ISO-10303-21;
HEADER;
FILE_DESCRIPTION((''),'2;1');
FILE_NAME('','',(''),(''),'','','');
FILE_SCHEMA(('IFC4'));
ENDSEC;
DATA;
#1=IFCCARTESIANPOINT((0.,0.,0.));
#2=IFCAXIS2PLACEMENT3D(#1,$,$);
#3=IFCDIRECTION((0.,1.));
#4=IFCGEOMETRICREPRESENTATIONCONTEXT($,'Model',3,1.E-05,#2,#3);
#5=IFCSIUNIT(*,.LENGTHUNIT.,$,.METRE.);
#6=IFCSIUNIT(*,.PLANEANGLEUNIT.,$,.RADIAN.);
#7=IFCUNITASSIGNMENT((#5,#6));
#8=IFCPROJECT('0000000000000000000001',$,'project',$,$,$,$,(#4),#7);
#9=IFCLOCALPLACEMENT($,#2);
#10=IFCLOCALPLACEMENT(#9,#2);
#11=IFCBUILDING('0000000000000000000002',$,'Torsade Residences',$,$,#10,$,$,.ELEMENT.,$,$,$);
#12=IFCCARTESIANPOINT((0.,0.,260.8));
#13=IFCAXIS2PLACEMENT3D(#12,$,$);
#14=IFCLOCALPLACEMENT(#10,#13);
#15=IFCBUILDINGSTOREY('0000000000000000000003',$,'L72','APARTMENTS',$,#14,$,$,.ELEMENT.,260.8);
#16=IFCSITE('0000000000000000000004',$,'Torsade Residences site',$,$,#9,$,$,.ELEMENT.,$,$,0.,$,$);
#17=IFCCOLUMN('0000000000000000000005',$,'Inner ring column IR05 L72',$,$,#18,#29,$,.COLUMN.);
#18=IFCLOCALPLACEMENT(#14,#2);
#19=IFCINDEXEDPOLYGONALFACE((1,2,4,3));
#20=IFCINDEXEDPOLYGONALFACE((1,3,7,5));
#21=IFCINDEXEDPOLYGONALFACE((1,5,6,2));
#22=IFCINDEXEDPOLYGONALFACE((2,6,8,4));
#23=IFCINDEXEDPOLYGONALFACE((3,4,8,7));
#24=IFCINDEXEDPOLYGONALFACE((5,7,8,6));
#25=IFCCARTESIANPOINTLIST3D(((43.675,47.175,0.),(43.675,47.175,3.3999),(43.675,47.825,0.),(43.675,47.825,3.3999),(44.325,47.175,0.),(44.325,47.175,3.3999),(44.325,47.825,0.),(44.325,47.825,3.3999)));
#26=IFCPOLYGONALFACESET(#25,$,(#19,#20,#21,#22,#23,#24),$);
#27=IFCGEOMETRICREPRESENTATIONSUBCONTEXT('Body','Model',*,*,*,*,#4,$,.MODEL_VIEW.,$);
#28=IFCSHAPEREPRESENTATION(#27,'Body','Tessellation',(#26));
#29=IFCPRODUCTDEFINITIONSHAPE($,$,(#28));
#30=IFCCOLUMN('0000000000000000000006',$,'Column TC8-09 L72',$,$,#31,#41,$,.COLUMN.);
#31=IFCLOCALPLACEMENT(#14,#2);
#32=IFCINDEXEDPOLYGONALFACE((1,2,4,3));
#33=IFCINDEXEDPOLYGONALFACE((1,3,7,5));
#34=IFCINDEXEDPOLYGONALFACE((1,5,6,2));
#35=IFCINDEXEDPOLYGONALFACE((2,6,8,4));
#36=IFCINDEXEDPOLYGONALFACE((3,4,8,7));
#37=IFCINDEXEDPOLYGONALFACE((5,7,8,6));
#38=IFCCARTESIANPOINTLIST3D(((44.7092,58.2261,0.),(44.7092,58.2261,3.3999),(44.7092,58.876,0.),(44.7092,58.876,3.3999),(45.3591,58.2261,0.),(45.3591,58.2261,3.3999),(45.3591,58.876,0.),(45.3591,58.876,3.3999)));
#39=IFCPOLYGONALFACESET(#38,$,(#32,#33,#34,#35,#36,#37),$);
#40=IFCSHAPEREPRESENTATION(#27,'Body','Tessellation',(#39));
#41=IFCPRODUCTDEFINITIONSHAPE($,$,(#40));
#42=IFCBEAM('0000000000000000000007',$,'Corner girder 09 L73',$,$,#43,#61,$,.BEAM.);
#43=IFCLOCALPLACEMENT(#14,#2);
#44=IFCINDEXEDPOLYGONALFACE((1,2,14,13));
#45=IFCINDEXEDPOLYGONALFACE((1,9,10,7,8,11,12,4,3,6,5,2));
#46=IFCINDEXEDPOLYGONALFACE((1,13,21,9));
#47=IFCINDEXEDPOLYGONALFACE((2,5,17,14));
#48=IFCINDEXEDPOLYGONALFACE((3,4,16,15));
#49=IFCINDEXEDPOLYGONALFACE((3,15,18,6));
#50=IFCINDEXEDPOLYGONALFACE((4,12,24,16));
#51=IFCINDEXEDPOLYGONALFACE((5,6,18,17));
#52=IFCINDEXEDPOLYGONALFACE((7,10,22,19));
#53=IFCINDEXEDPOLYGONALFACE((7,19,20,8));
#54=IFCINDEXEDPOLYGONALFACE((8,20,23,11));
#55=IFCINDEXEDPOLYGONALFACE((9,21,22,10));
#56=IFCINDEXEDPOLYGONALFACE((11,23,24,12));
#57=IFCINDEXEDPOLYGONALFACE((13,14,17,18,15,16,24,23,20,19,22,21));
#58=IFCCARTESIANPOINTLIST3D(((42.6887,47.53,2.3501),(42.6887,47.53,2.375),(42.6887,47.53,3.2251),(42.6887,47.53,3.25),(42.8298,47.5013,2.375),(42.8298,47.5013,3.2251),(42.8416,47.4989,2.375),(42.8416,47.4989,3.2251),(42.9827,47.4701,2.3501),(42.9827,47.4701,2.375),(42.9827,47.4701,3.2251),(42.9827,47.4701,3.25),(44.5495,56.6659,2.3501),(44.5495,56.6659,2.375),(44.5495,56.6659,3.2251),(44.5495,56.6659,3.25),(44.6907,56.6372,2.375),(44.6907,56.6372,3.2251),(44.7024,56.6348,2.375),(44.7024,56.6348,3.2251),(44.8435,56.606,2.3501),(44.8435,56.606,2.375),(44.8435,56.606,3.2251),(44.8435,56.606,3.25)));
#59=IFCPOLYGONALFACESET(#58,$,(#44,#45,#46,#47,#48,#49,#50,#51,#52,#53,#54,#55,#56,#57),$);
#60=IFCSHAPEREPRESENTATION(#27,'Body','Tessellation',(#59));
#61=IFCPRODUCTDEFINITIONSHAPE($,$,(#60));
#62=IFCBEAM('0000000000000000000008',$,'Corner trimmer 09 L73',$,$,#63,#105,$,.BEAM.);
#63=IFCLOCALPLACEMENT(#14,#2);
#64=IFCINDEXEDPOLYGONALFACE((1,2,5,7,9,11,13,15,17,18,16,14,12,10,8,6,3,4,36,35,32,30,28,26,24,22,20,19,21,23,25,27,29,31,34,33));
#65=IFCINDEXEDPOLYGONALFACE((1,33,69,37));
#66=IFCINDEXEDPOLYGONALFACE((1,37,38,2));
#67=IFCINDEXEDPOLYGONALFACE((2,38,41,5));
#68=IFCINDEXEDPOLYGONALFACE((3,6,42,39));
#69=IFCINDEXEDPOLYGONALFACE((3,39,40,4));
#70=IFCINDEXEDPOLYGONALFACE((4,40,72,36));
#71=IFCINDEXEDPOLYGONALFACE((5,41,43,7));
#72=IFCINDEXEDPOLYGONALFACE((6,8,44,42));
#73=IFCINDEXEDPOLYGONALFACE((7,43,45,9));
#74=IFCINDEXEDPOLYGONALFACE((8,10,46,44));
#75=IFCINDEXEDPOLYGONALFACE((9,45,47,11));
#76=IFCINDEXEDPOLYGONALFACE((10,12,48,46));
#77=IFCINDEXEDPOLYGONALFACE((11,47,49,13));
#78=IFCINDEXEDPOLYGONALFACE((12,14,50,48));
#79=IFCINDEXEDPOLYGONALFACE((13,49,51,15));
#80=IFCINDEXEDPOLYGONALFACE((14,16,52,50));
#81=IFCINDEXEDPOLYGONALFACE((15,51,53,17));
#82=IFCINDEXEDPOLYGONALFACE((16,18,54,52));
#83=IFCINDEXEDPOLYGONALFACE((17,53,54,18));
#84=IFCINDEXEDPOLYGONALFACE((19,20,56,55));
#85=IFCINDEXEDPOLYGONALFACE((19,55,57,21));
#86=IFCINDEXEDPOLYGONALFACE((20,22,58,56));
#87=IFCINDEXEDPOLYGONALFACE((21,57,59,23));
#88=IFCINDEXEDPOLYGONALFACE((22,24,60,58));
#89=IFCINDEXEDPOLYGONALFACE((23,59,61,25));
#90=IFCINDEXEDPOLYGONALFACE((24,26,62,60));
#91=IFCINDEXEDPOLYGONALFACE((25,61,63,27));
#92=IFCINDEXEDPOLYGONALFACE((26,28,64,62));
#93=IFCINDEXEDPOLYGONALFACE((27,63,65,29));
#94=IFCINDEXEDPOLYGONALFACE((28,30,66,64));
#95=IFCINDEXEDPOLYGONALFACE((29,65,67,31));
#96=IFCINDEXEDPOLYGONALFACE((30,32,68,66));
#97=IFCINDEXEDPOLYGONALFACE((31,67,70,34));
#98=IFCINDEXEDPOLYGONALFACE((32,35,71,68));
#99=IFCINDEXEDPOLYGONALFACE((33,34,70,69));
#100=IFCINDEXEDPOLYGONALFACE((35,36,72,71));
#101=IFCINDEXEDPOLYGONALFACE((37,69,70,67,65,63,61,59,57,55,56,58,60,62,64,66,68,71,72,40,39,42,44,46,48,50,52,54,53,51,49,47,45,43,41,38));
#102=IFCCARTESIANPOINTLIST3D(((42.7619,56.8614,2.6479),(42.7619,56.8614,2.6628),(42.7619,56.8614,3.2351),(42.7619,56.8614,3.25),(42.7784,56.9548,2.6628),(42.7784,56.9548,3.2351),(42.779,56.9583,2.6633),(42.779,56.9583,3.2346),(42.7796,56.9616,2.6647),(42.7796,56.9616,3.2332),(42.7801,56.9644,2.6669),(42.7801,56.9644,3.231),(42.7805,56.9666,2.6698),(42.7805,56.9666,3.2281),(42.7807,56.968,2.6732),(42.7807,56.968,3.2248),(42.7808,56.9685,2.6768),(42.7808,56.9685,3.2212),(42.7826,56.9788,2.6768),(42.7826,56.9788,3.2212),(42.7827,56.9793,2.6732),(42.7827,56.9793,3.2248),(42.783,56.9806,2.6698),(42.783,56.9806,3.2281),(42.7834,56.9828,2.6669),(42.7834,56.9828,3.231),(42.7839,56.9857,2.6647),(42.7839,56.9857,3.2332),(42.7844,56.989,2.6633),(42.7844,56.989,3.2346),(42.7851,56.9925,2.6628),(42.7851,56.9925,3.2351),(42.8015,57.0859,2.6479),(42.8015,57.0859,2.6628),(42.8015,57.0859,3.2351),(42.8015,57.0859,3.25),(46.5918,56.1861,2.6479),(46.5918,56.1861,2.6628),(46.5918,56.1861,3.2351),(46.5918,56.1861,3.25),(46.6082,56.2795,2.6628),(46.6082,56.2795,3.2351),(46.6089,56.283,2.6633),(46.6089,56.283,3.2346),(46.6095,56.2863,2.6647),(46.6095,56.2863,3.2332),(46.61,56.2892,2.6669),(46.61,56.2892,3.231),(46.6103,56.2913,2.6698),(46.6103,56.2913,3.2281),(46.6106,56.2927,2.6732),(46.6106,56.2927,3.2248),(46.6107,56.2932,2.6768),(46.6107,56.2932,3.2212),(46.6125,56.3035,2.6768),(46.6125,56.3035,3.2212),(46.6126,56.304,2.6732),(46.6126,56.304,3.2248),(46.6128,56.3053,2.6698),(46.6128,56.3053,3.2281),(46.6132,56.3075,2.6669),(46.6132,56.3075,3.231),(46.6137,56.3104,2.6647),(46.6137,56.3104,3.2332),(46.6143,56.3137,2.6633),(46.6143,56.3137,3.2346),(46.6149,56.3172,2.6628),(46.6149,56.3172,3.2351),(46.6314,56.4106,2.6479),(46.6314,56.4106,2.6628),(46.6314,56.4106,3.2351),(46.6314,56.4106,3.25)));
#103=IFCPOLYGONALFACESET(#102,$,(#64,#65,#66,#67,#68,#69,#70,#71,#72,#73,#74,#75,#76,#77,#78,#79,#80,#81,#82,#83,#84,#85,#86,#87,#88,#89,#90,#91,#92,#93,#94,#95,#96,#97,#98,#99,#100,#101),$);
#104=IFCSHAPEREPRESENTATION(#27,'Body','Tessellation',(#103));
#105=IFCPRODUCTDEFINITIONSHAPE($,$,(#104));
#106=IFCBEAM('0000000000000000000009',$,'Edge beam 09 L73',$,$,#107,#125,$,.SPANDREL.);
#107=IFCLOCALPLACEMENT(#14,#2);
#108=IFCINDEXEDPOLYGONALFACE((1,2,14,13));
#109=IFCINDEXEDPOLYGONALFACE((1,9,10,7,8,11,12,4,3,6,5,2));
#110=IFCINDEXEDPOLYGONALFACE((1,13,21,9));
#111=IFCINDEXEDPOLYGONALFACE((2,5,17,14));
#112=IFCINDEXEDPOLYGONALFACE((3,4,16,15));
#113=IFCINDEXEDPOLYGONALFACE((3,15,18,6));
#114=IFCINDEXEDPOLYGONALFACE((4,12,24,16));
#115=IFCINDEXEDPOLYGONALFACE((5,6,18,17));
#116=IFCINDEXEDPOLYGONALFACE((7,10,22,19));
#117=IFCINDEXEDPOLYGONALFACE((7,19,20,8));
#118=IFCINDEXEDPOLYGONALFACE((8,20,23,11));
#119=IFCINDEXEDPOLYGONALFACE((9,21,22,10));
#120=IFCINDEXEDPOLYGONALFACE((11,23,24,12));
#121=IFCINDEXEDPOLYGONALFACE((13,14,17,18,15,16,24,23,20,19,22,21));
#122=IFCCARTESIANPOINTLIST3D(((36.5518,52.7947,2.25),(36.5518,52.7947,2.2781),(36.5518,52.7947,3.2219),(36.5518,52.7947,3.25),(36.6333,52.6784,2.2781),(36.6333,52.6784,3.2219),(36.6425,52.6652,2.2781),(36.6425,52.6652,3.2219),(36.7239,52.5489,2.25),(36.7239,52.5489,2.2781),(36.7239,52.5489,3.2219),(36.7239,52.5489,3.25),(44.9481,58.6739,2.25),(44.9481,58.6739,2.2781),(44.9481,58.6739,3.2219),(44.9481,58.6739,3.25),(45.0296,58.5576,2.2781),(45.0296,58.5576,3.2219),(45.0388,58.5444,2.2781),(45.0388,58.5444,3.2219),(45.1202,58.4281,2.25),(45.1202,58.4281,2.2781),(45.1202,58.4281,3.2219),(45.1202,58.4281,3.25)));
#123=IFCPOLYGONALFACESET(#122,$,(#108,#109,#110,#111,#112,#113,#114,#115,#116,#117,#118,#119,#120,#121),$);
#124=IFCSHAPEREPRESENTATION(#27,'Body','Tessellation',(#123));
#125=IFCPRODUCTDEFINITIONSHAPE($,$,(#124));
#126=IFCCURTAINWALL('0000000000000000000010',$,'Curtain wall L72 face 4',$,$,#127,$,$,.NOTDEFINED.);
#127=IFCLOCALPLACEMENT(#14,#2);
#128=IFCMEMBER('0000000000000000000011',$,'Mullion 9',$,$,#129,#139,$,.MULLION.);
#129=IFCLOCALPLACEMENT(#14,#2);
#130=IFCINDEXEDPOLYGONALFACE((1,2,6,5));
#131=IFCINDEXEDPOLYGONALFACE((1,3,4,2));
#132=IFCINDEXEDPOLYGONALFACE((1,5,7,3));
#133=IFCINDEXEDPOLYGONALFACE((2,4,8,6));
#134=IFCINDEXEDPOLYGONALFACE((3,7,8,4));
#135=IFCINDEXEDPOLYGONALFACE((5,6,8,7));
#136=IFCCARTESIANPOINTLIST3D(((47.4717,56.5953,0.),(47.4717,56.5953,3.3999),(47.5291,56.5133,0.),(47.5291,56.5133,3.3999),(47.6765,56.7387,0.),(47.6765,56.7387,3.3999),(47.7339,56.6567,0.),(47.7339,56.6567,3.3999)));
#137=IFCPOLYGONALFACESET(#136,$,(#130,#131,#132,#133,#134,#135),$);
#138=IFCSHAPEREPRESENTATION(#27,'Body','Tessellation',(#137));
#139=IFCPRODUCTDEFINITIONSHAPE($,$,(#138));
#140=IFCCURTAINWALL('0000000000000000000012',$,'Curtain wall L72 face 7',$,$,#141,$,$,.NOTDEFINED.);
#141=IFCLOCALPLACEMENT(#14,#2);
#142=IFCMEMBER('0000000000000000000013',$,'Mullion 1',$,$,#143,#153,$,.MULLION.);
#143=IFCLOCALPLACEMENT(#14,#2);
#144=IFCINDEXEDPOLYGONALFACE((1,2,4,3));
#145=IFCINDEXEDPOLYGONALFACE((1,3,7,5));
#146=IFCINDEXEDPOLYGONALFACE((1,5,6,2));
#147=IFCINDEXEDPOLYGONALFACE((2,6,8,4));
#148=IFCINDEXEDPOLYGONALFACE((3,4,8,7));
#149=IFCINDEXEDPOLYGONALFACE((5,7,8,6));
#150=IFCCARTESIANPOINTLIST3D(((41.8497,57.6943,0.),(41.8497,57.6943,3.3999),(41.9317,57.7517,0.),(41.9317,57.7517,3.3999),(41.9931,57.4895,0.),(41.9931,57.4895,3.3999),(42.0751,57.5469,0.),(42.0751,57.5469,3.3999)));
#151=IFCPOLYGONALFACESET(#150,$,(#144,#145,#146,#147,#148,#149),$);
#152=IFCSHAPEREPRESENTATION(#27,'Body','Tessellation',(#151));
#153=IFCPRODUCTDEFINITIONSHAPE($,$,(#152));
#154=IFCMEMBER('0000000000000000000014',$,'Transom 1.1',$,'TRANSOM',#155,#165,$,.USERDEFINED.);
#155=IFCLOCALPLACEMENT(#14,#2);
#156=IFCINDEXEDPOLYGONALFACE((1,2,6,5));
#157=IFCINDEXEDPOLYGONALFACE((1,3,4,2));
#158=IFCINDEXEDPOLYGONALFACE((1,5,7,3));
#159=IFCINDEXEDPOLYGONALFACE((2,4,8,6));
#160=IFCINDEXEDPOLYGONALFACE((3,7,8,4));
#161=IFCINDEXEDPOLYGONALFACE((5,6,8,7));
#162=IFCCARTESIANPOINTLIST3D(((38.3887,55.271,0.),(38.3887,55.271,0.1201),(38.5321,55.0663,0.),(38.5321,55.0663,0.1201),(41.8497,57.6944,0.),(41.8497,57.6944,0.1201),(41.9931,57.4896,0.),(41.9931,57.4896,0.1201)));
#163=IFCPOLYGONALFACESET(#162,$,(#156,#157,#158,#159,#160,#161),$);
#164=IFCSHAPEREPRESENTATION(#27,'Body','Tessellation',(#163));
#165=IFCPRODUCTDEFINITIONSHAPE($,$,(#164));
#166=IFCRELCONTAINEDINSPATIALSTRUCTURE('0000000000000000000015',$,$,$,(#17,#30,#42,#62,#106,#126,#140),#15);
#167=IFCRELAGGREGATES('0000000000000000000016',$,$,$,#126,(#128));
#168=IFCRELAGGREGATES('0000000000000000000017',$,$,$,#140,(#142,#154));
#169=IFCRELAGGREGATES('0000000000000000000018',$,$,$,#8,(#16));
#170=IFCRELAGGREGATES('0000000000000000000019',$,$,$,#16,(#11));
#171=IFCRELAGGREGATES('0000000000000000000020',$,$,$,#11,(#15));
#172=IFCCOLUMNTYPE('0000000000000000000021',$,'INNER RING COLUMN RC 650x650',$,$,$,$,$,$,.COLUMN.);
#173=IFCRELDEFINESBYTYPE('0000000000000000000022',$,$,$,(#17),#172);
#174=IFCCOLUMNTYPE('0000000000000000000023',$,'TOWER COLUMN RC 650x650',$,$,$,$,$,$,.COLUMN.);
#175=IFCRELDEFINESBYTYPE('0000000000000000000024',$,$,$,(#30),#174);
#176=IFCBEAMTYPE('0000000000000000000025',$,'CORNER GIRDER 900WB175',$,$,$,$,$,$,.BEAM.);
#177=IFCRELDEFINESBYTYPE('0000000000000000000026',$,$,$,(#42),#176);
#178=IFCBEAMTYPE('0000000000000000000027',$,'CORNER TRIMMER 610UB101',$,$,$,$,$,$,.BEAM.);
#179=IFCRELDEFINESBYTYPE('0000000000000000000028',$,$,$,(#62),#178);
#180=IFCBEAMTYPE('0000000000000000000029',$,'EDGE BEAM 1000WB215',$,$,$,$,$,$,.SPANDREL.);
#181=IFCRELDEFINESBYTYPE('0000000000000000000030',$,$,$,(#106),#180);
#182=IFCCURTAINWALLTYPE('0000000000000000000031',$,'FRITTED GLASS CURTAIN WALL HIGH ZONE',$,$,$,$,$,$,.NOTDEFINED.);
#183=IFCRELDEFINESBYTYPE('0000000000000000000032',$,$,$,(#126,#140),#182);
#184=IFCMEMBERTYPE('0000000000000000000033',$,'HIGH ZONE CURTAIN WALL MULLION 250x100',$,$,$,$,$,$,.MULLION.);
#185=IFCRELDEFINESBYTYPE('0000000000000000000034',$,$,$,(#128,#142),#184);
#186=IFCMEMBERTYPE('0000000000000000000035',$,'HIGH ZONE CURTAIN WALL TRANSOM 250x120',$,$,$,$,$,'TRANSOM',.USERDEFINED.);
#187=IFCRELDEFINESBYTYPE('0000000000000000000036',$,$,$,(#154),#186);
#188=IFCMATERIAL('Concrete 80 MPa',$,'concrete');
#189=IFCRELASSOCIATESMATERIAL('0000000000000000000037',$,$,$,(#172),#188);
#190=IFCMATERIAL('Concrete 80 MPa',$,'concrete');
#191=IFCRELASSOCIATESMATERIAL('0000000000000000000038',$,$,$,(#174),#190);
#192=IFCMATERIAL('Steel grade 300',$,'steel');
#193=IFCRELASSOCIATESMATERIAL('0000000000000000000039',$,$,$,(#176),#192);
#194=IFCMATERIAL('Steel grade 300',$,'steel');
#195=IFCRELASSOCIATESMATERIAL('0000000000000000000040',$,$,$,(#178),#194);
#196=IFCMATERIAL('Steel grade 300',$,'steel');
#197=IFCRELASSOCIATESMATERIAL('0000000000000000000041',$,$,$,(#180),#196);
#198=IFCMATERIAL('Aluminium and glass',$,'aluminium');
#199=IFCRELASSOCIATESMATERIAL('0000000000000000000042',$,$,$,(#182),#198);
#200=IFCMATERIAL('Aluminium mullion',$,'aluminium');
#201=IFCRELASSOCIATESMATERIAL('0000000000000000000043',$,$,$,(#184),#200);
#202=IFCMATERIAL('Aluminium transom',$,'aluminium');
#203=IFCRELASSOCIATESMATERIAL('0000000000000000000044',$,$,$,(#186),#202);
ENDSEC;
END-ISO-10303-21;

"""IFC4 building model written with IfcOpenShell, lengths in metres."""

from ifc_helpers import new_model, si_unit, direction, frame, origin, origin_2d, place, context, subcontext, project, spatial, rectangle, i_section, extrude, material, material_profile, profile_set, type_object, element, aggregate, save


model = new_model("IFC4")

# Units and contexts
model_context = context("Model", 3, precision=1e-05, world=origin(), true_north=direction((0.0, 1.0)))
body_context = subcontext(model_context, "Body", "Model", "MODEL_VIEW")
ifc_project = project(units=[si_unit("LENGTHUNIT", "METRE"), si_unit("PLANEANGLEUNIT", "RADIAN")], contexts=[model_context])

# Site, building, storey
site_placement = place(None, origin())
site = spatial("IfcSite", under=ifc_project, at=site_placement, Name="Torsade Residences site", CompositionType="ELEMENT", RefElevation=0.0)
building_placement = place(site_placement, origin())
building = spatial("IfcBuilding", under=site, at=building_placement, Name="Torsade Residences", CompositionType="ELEMENT")
storey_placement = place(building_placement, frame((0.0, 0.0, 260.8)))
storey = spatial("IfcBuildingStorey", under=building, at=storey_placement, Name="L72", Description="APARTMENTS", CompositionType="ELEMENT", Elevation=260.8)

# Columns
ifc_material_1 = material(Name="Concrete 80 MPa", Category="concrete")
ifc_material_profile_1 = material_profile(ifc_material_1, rectangle(XDim=0.6499, YDim=0.6499, at=origin_2d()), Name="RC 650x650")
ifc_profile_set_1 = profile_set([ifc_material_profile_1], Name="Concrete 80 MPa")
column_type_1 = type_object("IfcColumnType", Name="INNER RING COLUMN RC 650x650", PredefinedType="COLUMN", material=ifc_profile_set_1)
column_1_placement = place(storey_placement, frame((44.0, 47.5, 0.0), z_axis=(0.0, 0.0, 1.0), x_axis=(1.0, 0.0, 0.0)))
element("IfcColumn", 1, at=column_1_placement, inside=storey, type_object=column_type_1, Name="Inner ring column IR05 L72", PredefinedType="COLUMN", context=body_context, shape_type="SweptSolid", body=[
    extrude(rectangle(XDim=0.6499, YDim=0.6499, at=origin_2d()), origin(), (0.0, 0.0, 1.0), 3.3999),
])
ifc_material_2 = material(Name="Concrete 80 MPa", Category="concrete")
ifc_material_profile_2 = material_profile(ifc_material_2, rectangle(XDim=0.6499, YDim=0.6499, at=origin_2d()), Name="RC 650x650")
ifc_profile_set_2 = profile_set([ifc_material_profile_2], Name="Concrete 80 MPa")
column_type_2 = type_object("IfcColumnType", Name="TOWER COLUMN RC 650x650", PredefinedType="COLUMN", material=ifc_profile_set_2)
column_2_placement = place(storey_placement, frame((45.0342, 58.551, 0.0), z_axis=(0.0, 0.0, 1.0), x_axis=(1.0, 0.0, 0.0)))
element("IfcColumn", 2, at=column_2_placement, inside=storey, type_object=column_type_2, Name="Column TC8-09 L72", PredefinedType="COLUMN", context=body_context, shape_type="SweptSolid", body=[
    extrude(rectangle(XDim=0.6499, YDim=0.6499, at=origin_2d()), origin(), (0.0, 0.0, 1.0), 3.3999),
])

# Beams
ifc_material_3 = material(Name="Steel grade 300", Category="steel")
ifc_material_profile_3 = material_profile(ifc_material_3, i_section(OverallWidth=0.3, OverallDepth=0.8999, WebThickness=0.012, FlangeThickness=0.0249, at=origin_2d()), Name="900WB175")
ifc_profile_set_3 = profile_set([ifc_material_profile_3], Name="Steel grade 300")
beam_type_1 = type_object("IfcBeamType", Name="CORNER GIRDER 900WB175", PredefinedType="BEAM", material=ifc_profile_set_3)
beam_1_placement = place(storey_placement, frame((44.6965, 56.636, 2.8), z_axis=(-0.199584, -0.979881, 0.0), x_axis=(0.979881, -0.199584, 0.0)))
element("IfcBeam", 3, at=beam_1_placement, inside=storey, type_object=beam_type_1, Name="Corner girder 09 L73", PredefinedType="BEAM", context=body_context, shape_type="SweptSolid", body=[
    extrude(i_section(OverallWidth=0.3, OverallDepth=0.8999, WebThickness=0.012, FlangeThickness=0.0249, at=origin_2d()), origin(), (0.0, 0.0, 1.0), 9.3235),
])
ifc_material_4 = material(Name="Steel grade 300", Category="steel")
ifc_material_profile_4 = material_profile(ifc_material_4, i_section(OverallWidth=0.228, OverallDepth=0.6021, WebThickness=0.0105, FlangeThickness=0.0149, FilletRadius=0.0139, at=origin_2d()), Name="610UB101")
ifc_profile_set_4 = profile_set([ifc_material_profile_4], Name="Steel grade 300")
beam_type_2 = type_object("IfcBeamType", Name="CORNER TRIMMER 610UB101", PredefinedType="BEAM", material=ifc_profile_set_4)
beam_2_placement = place(storey_placement, frame((42.7817, 56.9736, 2.949), z_axis=(0.984808, -0.173646, 0.0), x_axis=(0.173646, 0.984808, 0.0)))
element("IfcBeam", 4, at=beam_2_placement, inside=storey, type_object=beam_type_2, Name="Corner trimmer 09 L73", PredefinedType="BEAM", context=body_context, shape_type="SweptSolid", body=[
    extrude(i_section(OverallWidth=0.228, OverallDepth=0.6021, WebThickness=0.0105, FlangeThickness=0.0149, FilletRadius=0.0139, at=origin_2d()), origin(), (0.0, 0.0, 1.0), 3.8889),
])
ifc_material_5 = material(Name="Steel grade 300", Category="steel")
ifc_material_profile_5 = material_profile(ifc_material_5, i_section(OverallWidth=0.3, OverallDepth=1.0, WebThickness=0.0161, FlangeThickness=0.0281, at=origin_2d()), Name="1000WB215")
ifc_profile_set_5 = profile_set([ifc_material_profile_5], Name="Steel grade 300")
beam_type_3 = type_object("IfcBeamType", Name="EDGE BEAM 1000WB215", PredefinedType="SPANDREL", material=ifc_profile_set_5)
beam_3_placement = place(storey_placement, frame((45.0342, 58.551, 2.75), z_axis=(-0.81915, -0.573579, 0.0), x_axis=(0.573579, -0.81915, 0.0)))
element("IfcBeam", 5, at=beam_3_placement, inside=storey, type_object=beam_type_3, Name="Edge beam 09 L73", PredefinedType="SPANDREL", context=body_context, shape_type="SweptSolid", body=[
    extrude(i_section(OverallWidth=0.3, OverallDepth=1.0, WebThickness=0.0161, FlangeThickness=0.0281, at=origin_2d()), origin(), (0.0, 0.0, 1.0), 10.25),
])

# Curtain wall, member
ifc_material_6 = material(Name="Aluminium and glass", Category="aluminium")
curtain_wall_type = type_object("IfcCurtainWallType", Name="FRITTED GLASS CURTAIN WALL HIGH ZONE", PredefinedType="NOTDEFINED", material=ifc_material_6)
curtain_wall_1_placement = place(storey_placement, origin())
curtain_wall_1 = element("IfcCurtainWall", 6, at=curtain_wall_1_placement, inside=storey, type_object=curtain_wall_type, Name="Curtain wall L72 face 4", PredefinedType="NOTDEFINED")
ifc_material_7 = material(Name="Aluminium mullion", Category="aluminium")
ifc_material_profile_6 = material_profile(ifc_material_7, rectangle(XDim=0.25, YDim=0.1001, at=origin_2d()), Name="HIGH ZONE CURTAIN WALL MULLION 250x100")
ifc_profile_set_6 = profile_set([ifc_material_profile_6], Name="Aluminium mullion")
member_type_1 = type_object("IfcMemberType", Name="HIGH ZONE CURTAIN WALL MULLION 250x100", PredefinedType="MULLION", material=ifc_profile_set_6)
member_1_placement = place(storey_placement, frame((47.6028, 56.626, 0.0), z_axis=(0.0, 0.0, 1.0), x_axis=(-0.819152, -0.573576, 0.0)))
member_1 = element("IfcMember", 7, at=member_1_placement, type_object=member_type_1, Name="Mullion 9", PredefinedType="MULLION", context=body_context, shape_type="SweptSolid", body=[
    extrude(rectangle(XDim=0.25, YDim=0.1001, at=origin_2d()), origin(), (0.0, 0.0, 1.0), 3.3999),
])
aggregate(curtain_wall_1, [member_1])

# Curtain wall, members
curtain_wall_2_placement = place(storey_placement, origin())
curtain_wall_2 = element("IfcCurtainWall", 8, at=curtain_wall_2_placement, inside=storey, type_object=curtain_wall_type, Name="Curtain wall L72 face 7", PredefinedType="NOTDEFINED")
member_2_placement = place(storey_placement, frame((41.9624, 57.6206, 0.0), z_axis=(0.0, 0.0, 1.0), x_axis=(0.573576, -0.819152, 0.0)))
member_2 = element("IfcMember", 9, at=member_2_placement, type_object=member_type_1, Name="Mullion 1", PredefinedType="MULLION", context=body_context, shape_type="SweptSolid", body=[
    extrude(rectangle(XDim=0.25, YDim=0.1001, at=origin_2d()), origin(), (0.0, 0.0, 1.0), 3.3999),
])
ifc_material_8 = material(Name="Aluminium transom", Category="aluminium")
ifc_material_profile_7 = material_profile(ifc_material_8, rectangle(XDim=0.25, YDim=0.1201, at=origin_2d()), Name="HIGH ZONE CURTAIN WALL TRANSOM 250x120")
ifc_profile_set_7 = profile_set([ifc_material_profile_7], Name="Aluminium transom")
member_type_2 = type_object("IfcMemberType", Name="HIGH ZONE CURTAIN WALL TRANSOM 250x120", ElementType="TRANSOM", PredefinedType="USERDEFINED", material=ifc_profile_set_7)
member_3_placement = place(storey_placement, frame((41.9214, 57.592, 0.0601), z_axis=(-0.819156, -0.573571, 0.0), x_axis=(0.573571, -0.819156, 0.0)))
member_3 = element("IfcMember", 10, at=member_3_placement, type_object=member_type_2, Name="Transom 1.1", ObjectType="TRANSOM", PredefinedType="USERDEFINED", context=body_context, shape_type="SweptSolid", body=[
    extrude(rectangle(XDim=0.25, YDim=0.1201, at=origin_2d()), origin(), (0.0, 0.0, 1.0), 4.2251),
])

aggregate(curtain_wall_2, [member_2, member_3])

save(model, "model.ifc")
